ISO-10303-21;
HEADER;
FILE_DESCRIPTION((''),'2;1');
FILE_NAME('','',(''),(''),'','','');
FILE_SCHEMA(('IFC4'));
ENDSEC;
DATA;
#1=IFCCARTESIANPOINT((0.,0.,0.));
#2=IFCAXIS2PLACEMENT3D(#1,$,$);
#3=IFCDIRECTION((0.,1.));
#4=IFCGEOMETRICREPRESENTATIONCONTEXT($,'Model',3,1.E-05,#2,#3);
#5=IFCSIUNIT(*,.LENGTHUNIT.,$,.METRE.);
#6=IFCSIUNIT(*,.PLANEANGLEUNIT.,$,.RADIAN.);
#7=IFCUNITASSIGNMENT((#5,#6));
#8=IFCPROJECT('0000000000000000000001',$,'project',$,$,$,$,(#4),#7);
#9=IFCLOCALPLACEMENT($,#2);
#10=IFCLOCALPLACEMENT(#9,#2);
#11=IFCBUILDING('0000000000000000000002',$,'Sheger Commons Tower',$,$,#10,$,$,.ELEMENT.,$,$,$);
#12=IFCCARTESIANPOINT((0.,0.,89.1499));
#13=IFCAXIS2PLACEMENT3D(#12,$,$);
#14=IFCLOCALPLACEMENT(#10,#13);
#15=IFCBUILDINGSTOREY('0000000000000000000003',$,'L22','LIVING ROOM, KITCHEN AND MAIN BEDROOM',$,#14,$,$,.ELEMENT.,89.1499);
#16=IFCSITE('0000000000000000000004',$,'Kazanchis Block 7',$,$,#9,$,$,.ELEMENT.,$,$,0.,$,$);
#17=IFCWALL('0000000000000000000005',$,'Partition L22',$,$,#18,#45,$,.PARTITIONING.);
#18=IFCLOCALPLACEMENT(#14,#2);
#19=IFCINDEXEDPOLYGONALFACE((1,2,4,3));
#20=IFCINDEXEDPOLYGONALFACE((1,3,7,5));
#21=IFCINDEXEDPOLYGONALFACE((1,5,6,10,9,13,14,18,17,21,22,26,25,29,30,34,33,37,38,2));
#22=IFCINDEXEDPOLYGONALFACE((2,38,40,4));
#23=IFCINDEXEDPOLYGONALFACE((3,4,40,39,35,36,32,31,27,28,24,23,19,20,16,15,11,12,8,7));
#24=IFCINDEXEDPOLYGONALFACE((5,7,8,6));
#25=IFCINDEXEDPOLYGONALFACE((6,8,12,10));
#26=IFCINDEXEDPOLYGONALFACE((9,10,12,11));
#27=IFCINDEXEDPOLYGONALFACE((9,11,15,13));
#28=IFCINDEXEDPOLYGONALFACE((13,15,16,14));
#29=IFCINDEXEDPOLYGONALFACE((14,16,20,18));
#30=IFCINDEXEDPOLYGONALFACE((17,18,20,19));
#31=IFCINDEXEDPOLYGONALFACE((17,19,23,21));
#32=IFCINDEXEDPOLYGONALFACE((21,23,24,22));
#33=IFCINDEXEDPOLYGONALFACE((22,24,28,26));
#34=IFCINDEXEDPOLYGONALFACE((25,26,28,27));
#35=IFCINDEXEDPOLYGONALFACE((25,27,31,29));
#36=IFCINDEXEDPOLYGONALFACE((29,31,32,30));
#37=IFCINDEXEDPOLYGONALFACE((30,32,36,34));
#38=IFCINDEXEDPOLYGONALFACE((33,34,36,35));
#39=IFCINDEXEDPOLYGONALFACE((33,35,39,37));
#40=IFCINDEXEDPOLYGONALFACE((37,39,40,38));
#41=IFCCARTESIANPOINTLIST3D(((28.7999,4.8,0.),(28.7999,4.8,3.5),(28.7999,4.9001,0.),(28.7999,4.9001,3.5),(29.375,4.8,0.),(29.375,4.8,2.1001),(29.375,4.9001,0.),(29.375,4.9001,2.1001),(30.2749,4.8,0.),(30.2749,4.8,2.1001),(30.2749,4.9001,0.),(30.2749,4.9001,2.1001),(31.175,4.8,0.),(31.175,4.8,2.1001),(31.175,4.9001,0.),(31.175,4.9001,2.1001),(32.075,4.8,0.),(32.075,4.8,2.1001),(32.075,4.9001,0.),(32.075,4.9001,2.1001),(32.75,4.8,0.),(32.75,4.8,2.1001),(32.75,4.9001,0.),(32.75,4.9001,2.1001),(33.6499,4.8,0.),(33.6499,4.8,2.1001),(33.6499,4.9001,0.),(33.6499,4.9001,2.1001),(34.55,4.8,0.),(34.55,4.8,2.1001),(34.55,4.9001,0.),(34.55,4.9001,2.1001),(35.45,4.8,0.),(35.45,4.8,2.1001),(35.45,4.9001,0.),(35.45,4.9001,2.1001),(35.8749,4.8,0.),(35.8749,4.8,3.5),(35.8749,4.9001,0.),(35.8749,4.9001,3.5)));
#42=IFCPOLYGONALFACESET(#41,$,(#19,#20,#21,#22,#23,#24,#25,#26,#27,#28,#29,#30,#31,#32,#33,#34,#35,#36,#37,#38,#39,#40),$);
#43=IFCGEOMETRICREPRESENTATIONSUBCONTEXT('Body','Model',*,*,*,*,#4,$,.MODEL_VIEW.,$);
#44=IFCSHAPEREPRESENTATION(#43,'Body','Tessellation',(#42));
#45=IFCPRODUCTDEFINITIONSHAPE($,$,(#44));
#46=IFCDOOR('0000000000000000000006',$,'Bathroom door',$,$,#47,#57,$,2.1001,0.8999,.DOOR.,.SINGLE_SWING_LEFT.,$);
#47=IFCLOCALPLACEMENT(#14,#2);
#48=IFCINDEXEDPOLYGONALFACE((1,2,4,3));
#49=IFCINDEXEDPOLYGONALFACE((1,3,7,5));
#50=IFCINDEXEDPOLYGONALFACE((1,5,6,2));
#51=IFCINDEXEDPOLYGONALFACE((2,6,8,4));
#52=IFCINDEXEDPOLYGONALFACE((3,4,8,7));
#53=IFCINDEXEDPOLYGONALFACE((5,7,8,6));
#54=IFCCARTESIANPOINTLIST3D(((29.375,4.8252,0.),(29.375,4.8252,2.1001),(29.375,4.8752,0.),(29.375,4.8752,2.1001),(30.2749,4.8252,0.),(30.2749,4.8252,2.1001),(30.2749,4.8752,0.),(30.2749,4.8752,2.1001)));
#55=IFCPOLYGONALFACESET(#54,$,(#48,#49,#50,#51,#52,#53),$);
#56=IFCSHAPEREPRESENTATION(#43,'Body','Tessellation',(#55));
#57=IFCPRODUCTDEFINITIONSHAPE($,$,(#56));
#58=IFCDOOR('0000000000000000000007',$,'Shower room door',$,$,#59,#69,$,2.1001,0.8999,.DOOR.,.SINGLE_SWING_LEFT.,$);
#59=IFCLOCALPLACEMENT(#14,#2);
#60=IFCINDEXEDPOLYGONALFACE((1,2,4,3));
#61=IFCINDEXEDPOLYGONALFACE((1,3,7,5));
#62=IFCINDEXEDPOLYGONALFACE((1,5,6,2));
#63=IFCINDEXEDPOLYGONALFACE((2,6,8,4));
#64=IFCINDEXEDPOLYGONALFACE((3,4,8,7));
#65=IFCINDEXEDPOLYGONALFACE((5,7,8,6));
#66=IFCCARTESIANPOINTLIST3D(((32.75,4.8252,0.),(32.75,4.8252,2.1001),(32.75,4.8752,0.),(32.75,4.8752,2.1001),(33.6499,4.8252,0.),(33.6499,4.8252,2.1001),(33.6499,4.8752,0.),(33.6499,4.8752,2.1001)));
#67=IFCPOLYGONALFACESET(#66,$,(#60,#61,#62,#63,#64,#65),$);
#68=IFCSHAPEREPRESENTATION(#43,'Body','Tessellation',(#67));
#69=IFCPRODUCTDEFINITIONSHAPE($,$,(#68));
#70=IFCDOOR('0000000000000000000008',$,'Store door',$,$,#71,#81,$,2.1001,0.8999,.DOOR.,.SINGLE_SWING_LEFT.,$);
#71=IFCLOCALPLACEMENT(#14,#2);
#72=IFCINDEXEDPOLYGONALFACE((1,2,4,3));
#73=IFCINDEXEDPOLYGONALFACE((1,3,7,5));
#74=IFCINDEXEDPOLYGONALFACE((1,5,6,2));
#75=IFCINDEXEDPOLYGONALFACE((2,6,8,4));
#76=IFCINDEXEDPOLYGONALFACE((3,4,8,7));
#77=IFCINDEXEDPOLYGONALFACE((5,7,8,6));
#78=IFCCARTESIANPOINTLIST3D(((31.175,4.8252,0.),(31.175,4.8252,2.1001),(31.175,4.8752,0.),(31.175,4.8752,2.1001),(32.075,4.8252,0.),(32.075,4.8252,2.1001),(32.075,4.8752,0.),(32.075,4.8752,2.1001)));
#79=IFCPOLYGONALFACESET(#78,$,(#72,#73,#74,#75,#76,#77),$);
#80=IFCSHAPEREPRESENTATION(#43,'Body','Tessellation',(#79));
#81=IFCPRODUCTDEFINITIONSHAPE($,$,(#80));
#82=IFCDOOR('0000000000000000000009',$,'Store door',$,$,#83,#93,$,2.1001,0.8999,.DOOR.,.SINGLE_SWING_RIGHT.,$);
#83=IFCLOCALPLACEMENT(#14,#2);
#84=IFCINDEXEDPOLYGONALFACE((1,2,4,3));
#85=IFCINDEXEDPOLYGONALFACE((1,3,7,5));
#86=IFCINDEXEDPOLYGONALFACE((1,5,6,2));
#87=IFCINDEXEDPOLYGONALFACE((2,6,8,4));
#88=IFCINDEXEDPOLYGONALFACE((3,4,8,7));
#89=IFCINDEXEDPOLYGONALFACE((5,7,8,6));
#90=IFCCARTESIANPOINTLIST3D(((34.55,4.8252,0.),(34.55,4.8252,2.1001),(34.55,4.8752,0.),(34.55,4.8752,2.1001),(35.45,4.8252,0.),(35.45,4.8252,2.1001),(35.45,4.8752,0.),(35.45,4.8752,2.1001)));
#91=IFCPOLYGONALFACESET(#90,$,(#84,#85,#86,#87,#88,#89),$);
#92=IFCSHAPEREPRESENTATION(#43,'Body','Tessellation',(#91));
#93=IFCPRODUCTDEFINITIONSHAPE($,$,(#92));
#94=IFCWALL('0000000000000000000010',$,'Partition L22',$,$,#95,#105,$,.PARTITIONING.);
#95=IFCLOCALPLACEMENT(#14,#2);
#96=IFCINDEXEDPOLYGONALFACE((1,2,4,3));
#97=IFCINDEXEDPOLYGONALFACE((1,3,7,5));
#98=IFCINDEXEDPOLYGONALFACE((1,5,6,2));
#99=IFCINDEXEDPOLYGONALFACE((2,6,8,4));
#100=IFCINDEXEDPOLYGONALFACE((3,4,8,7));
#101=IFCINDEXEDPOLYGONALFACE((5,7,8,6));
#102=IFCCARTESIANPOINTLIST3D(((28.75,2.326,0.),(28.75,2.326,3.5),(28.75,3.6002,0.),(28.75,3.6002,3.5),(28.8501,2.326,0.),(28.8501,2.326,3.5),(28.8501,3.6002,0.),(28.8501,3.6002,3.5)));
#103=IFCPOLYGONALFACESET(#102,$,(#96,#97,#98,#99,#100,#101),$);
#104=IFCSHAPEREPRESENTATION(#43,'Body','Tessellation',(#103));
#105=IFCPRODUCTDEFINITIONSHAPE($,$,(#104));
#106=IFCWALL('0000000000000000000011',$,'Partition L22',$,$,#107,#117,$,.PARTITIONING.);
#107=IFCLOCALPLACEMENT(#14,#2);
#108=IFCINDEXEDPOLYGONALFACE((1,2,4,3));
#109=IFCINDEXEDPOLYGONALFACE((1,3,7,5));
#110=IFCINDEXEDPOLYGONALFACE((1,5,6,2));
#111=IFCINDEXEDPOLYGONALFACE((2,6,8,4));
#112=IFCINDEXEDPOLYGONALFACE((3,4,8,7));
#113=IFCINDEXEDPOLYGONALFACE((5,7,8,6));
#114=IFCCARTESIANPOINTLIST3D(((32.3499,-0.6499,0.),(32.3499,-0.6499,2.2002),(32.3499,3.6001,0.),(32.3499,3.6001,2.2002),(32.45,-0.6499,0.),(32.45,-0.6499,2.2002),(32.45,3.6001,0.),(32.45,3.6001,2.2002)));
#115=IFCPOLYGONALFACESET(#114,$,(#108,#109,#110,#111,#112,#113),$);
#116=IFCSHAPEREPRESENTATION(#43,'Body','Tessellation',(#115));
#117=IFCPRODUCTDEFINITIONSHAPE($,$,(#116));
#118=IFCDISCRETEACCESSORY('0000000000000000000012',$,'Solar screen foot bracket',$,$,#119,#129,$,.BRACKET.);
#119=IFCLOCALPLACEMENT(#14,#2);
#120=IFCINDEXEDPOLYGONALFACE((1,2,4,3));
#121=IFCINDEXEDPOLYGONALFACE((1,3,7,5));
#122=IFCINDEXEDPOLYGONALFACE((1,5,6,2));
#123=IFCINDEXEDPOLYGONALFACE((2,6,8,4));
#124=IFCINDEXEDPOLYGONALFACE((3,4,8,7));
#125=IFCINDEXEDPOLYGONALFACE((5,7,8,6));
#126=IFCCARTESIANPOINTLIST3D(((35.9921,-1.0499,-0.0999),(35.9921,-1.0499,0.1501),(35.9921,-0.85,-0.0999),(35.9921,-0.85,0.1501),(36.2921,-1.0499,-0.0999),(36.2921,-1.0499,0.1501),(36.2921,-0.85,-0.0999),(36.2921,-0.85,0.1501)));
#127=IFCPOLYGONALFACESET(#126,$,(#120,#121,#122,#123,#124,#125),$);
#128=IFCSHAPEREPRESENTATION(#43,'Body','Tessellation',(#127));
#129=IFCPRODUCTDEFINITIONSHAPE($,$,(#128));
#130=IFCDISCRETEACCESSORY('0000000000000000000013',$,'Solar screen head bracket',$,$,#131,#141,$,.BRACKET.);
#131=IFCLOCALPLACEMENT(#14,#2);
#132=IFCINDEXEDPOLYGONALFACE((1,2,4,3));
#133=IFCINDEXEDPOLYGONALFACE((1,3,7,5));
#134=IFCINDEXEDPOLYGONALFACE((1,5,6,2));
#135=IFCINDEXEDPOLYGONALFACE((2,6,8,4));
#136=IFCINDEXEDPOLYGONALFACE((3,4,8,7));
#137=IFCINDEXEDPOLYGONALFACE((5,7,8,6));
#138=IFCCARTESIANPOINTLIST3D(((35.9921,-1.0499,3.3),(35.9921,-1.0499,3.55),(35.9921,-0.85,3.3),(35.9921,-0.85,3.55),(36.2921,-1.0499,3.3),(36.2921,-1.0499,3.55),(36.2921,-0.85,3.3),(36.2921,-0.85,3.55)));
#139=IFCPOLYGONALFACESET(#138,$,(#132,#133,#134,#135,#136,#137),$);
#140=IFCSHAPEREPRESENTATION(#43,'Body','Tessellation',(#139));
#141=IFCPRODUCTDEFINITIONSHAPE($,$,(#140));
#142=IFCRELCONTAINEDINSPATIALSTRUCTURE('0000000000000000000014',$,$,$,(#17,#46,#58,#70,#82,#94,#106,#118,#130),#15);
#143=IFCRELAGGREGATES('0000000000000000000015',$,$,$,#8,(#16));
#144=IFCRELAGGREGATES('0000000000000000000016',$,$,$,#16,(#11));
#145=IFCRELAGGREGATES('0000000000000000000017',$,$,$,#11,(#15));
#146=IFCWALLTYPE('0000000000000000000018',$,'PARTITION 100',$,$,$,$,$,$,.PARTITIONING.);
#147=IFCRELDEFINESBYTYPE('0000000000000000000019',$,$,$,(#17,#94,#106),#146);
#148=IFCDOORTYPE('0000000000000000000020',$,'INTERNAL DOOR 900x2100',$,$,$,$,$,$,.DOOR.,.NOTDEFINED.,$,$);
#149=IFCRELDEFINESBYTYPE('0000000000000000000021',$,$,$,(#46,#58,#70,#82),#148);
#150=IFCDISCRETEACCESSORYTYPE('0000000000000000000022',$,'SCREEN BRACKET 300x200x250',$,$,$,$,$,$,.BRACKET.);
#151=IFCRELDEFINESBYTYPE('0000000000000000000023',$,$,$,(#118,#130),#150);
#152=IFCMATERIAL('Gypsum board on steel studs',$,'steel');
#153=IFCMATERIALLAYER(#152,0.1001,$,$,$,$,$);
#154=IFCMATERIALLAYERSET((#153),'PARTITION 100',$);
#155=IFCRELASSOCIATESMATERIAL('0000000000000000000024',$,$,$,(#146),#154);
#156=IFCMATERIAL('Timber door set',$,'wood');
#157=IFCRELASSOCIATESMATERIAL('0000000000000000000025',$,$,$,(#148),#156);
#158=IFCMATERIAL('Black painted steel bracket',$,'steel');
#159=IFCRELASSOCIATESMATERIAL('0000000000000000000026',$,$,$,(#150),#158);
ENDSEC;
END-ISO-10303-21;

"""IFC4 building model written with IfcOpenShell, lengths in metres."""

from ifc_helpers import new_model, si_unit, direction, frame, frame_2d, origin, origin_2d, place, context, subcontext, project, spatial, rectangle, extrude, material, layer, layer_set, type_object, element, fill, save


model = new_model("IFC4")

# Units and contexts
model_context = context("Model", 3, precision=1e-05, world=origin(), true_north=direction((0.0, 1.0)))
body_context = subcontext(model_context, "Body", "Model", "MODEL_VIEW")
ifc_project = project(units=[si_unit("LENGTHUNIT", "METRE"), si_unit("PLANEANGLEUNIT", "RADIAN")], contexts=[model_context])

# Site, building, storey
site_placement = place(None, origin())
site = spatial("IfcSite", under=ifc_project, at=site_placement, Name="Kazanchis Block 7", CompositionType="ELEMENT", RefElevation=0.0)
building_placement = place(site_placement, origin())
building = spatial("IfcBuilding", under=site, at=building_placement, Name="Sheger Commons Tower", CompositionType="ELEMENT")
storey_placement = place(building_placement, frame((0.0, 0.0, 89.1499)))
storey = spatial("IfcBuildingStorey", under=building, at=storey_placement, Name="L22", Description="LIVING ROOM, KITCHEN AND MAIN BEDROOM", CompositionType="ELEMENT", Elevation=89.1499)

# Wall, openings, doors
ifc_material_1 = material(Name="Gypsum board on steel studs", Category="steel")
ifc_layer_1 = layer(ifc_material_1, 0.1001)
ifc_layer_set_1 = layer_set([ifc_layer_1], Name="PARTITION 100")
wall_type_1 = type_object("IfcWallType", Name="PARTITION 100", PredefinedType="PARTITIONING", material=ifc_layer_set_1)
ifc_material_2 = material(Name="Timber door set", Category="wood")
door_type = type_object("IfcDoorType", Name="INTERNAL DOOR 900x2100", OperationType="NOTDEFINED", PredefinedType="DOOR", material=ifc_material_2)
wall_1_placement = place(storey_placement, frame((35.875, 4.8501, 0.0), z_axis=(0.0, 0.0, 1.0), x_axis=(-1.0, 0.0, 0.0)))
wall_1 = element("IfcWall", 1, at=wall_1_placement, inside=storey, type_object=wall_type_1, Name="Partition L22", PredefinedType="PARTITIONING", context=body_context, shape_type="SweptSolid", body=[
    extrude(rectangle(XDim=7.075, YDim=0.1001, at=frame_2d((3.5376, 0.0))), origin(), (0.0, 0.0, 1.0), 3.5),
])
opening_1_placement = place(wall_1_placement, frame((5.6001, 0.0, 0.0)))
opening_1 = element("IfcOpeningElement", 2, at=opening_1_placement, cuts=wall_1, PredefinedType="OPENING", context=body_context, shape_type="SweptSolid", body=[
    extrude(rectangle(XDim=0.8999, YDim=2.1001, at=frame_2d((0.45, 1.05))), frame((0.0, 0.0601, 0.0), z_axis=(0.0, -1.0, 0.0), x_axis=(1.0, 0.0, 0.0)), (0.0, 0.0, 1.0), 0.1201),
])
opening_2_placement = place(wall_1_placement, frame((2.2251, 0.0, 0.0)))
opening_2 = element("IfcOpeningElement", 3, at=opening_2_placement, cuts=wall_1, PredefinedType="OPENING", context=body_context, shape_type="SweptSolid", body=[
    extrude(rectangle(XDim=0.8999, YDim=2.1001, at=frame_2d((0.45, 1.05))), frame((0.0, 0.0601, 0.0), z_axis=(0.0, -1.0, 0.0), x_axis=(1.0, 0.0, 0.0)), (0.0, 0.0, 1.0), 0.1201),
])
opening_3_placement = place(wall_1_placement, frame((3.8, 0.0, 0.0)))
opening_3 = element("IfcOpeningElement", 4, at=opening_3_placement, cuts=wall_1, PredefinedType="OPENING", context=body_context, shape_type="SweptSolid", body=[
    extrude(rectangle(XDim=0.8999, YDim=2.1001, at=frame_2d((0.45, 1.05))), frame((0.0, 0.0601, 0.0), z_axis=(0.0, -1.0, 0.0), x_axis=(1.0, 0.0, 0.0)), (0.0, 0.0, 1.0), 0.1201),
])
opening_4_placement = place(wall_1_placement, frame((0.425, 0.0, 0.0)))
opening_4 = element("IfcOpeningElement", 5, at=opening_4_placement, cuts=wall_1, PredefinedType="OPENING", context=body_context, shape_type="SweptSolid", body=[
    extrude(rectangle(XDim=0.8999, YDim=2.1001, at=frame_2d((0.45, 1.05))), frame((0.0, 0.0601, 0.0), z_axis=(0.0, -1.0, 0.0), x_axis=(1.0, 0.0, 0.0)), (0.0, 0.0, 1.0), 0.1201),
])
door_1_placement = place(opening_1_placement, origin())
door_1 = element("IfcDoor", 6, at=door_1_placement, inside=storey, type_object=door_type, Name="Bathroom door", OperationType="SINGLE_SWING_LEFT", OverallHeight=2.1001, OverallWidth=0.8999, PredefinedType="DOOR", context=body_context, shape_type="SweptSolid", body=[
    extrude(rectangle(XDim=0.8999, YDim=2.1001, at=frame_2d((0.45, 1.05))), frame((0.0, 0.0249, 0.0), z_axis=(0.0, -1.0, 0.0), x_axis=(1.0, 0.0, 0.0)), (0.0, 0.0, 1.0), 0.05),
])
fill(opening_1, door_1)
door_2_placement = place(opening_2_placement, origin())
door_2 = element("IfcDoor", 7, at=door_2_placement, inside=storey, type_object=door_type, Name="Shower room door", OperationType="SINGLE_SWING_LEFT", OverallHeight=2.1001, OverallWidth=0.8999, PredefinedType="DOOR", context=body_context, shape_type="SweptSolid", body=[
    extrude(rectangle(XDim=0.8999, YDim=2.1001, at=frame_2d((0.45, 1.05))), frame((0.0, 0.0249, 0.0), z_axis=(0.0, -1.0, 0.0), x_axis=(1.0, 0.0, 0.0)), (0.0, 0.0, 1.0), 0.05),
])
fill(opening_2, door_2)
door_3_placement = place(opening_3_placement, origin())
door_3 = element("IfcDoor", 8, at=door_3_placement, inside=storey, type_object=door_type, Name="Store door", OperationType="SINGLE_SWING_LEFT", OverallHeight=2.1001, OverallWidth=0.8999, PredefinedType="DOOR", context=body_context, shape_type="SweptSolid", body=[
    extrude(rectangle(XDim=0.8999, YDim=2.1001, at=frame_2d((0.45, 1.05))), frame((0.0, 0.0249, 0.0), z_axis=(0.0, -1.0, 0.0), x_axis=(1.0, 0.0, 0.0)), (0.0, 0.0, 1.0), 0.05),
])
fill(opening_3, door_3)
door_4_placement = place(opening_4_placement, origin())
door_4 = element("IfcDoor", 9, at=door_4_placement, inside=storey, type_object=door_type, Name="Store door", OperationType="SINGLE_SWING_RIGHT", OverallHeight=2.1001, OverallWidth=0.8999, PredefinedType="DOOR", context=body_context, shape_type="SweptSolid", body=[
    extrude(rectangle(XDim=0.8999, YDim=2.1001, at=frame_2d((0.45, 1.05))), frame((0.0, 0.0249, 0.0), z_axis=(0.0, -1.0, 0.0), x_axis=(1.0, 0.0, 0.0)), (0.0, 0.0, 1.0), 0.05),
])
fill(opening_4, door_4)

# Walls
wall_2_placement = place(storey_placement, frame((28.8, 2.3259, 0.0), z_axis=(0.0, 0.0, 1.0), x_axis=(0.0, 1.0, 0.0)))
element("IfcWall", 10, at=wall_2_placement, inside=storey, type_object=wall_type_1, Name="Partition L22", PredefinedType="PARTITIONING", context=body_context, shape_type="SweptSolid", body=[
    extrude(rectangle(XDim=1.2742, YDim=0.1001, at=frame_2d((0.6372, 0.0))), origin(), (0.0, 0.0, 1.0), 3.5),
])
wall_3_placement = place(storey_placement, frame((32.3999, -0.6499, 0.0), z_axis=(0.0, 0.0, 1.0), x_axis=(0.0, 1.0, 0.0)))
element("IfcWall", 11, at=wall_3_placement, inside=storey, type_object=wall_type_1, Name="Partition L22", PredefinedType="PARTITIONING", context=body_context, shape_type="SweptSolid", body=[
    extrude(rectangle(XDim=4.25, YDim=0.1001, at=frame_2d((2.125, 0.0))), origin(), (0.0, 0.0, 1.0), 2.2002),
])

# Discrete accessories
ifc_material_3 = material(Name="Black painted steel bracket", Category="steel")
discrete_accessory_type = type_object("IfcDiscreteAccessoryType", Name="SCREEN BRACKET 300x200x250", PredefinedType="BRACKET", material=ifc_material_3)
for number, where, z_axis, x_axis, name in (
    (12, (36.1421, -0.95, -0.0999), (0.0, 0.0, 1.0), (1.0, 0.0, 0.0), "Solar screen foot bracket"),
    (13, (36.1421, -0.95, 3.3), (0.0, 0.0, 1.0), (1.0, 0.0, 0.0), "Solar screen head bracket"),
):
    element("IfcDiscreteAccessory", number, at=place(storey_placement, frame(where, z_axis=z_axis, x_axis=x_axis)), inside=storey, type_object=discrete_accessory_type, Name=name, PredefinedType="BRACKET", context=body_context, shape_type="SweptSolid", body=[
        extrude(rectangle(XDim=0.3, YDim=0.2, at=origin_2d()), origin(), (0.0, 0.0, 1.0), 0.25),
    ])

save(model, "model.ifc")
